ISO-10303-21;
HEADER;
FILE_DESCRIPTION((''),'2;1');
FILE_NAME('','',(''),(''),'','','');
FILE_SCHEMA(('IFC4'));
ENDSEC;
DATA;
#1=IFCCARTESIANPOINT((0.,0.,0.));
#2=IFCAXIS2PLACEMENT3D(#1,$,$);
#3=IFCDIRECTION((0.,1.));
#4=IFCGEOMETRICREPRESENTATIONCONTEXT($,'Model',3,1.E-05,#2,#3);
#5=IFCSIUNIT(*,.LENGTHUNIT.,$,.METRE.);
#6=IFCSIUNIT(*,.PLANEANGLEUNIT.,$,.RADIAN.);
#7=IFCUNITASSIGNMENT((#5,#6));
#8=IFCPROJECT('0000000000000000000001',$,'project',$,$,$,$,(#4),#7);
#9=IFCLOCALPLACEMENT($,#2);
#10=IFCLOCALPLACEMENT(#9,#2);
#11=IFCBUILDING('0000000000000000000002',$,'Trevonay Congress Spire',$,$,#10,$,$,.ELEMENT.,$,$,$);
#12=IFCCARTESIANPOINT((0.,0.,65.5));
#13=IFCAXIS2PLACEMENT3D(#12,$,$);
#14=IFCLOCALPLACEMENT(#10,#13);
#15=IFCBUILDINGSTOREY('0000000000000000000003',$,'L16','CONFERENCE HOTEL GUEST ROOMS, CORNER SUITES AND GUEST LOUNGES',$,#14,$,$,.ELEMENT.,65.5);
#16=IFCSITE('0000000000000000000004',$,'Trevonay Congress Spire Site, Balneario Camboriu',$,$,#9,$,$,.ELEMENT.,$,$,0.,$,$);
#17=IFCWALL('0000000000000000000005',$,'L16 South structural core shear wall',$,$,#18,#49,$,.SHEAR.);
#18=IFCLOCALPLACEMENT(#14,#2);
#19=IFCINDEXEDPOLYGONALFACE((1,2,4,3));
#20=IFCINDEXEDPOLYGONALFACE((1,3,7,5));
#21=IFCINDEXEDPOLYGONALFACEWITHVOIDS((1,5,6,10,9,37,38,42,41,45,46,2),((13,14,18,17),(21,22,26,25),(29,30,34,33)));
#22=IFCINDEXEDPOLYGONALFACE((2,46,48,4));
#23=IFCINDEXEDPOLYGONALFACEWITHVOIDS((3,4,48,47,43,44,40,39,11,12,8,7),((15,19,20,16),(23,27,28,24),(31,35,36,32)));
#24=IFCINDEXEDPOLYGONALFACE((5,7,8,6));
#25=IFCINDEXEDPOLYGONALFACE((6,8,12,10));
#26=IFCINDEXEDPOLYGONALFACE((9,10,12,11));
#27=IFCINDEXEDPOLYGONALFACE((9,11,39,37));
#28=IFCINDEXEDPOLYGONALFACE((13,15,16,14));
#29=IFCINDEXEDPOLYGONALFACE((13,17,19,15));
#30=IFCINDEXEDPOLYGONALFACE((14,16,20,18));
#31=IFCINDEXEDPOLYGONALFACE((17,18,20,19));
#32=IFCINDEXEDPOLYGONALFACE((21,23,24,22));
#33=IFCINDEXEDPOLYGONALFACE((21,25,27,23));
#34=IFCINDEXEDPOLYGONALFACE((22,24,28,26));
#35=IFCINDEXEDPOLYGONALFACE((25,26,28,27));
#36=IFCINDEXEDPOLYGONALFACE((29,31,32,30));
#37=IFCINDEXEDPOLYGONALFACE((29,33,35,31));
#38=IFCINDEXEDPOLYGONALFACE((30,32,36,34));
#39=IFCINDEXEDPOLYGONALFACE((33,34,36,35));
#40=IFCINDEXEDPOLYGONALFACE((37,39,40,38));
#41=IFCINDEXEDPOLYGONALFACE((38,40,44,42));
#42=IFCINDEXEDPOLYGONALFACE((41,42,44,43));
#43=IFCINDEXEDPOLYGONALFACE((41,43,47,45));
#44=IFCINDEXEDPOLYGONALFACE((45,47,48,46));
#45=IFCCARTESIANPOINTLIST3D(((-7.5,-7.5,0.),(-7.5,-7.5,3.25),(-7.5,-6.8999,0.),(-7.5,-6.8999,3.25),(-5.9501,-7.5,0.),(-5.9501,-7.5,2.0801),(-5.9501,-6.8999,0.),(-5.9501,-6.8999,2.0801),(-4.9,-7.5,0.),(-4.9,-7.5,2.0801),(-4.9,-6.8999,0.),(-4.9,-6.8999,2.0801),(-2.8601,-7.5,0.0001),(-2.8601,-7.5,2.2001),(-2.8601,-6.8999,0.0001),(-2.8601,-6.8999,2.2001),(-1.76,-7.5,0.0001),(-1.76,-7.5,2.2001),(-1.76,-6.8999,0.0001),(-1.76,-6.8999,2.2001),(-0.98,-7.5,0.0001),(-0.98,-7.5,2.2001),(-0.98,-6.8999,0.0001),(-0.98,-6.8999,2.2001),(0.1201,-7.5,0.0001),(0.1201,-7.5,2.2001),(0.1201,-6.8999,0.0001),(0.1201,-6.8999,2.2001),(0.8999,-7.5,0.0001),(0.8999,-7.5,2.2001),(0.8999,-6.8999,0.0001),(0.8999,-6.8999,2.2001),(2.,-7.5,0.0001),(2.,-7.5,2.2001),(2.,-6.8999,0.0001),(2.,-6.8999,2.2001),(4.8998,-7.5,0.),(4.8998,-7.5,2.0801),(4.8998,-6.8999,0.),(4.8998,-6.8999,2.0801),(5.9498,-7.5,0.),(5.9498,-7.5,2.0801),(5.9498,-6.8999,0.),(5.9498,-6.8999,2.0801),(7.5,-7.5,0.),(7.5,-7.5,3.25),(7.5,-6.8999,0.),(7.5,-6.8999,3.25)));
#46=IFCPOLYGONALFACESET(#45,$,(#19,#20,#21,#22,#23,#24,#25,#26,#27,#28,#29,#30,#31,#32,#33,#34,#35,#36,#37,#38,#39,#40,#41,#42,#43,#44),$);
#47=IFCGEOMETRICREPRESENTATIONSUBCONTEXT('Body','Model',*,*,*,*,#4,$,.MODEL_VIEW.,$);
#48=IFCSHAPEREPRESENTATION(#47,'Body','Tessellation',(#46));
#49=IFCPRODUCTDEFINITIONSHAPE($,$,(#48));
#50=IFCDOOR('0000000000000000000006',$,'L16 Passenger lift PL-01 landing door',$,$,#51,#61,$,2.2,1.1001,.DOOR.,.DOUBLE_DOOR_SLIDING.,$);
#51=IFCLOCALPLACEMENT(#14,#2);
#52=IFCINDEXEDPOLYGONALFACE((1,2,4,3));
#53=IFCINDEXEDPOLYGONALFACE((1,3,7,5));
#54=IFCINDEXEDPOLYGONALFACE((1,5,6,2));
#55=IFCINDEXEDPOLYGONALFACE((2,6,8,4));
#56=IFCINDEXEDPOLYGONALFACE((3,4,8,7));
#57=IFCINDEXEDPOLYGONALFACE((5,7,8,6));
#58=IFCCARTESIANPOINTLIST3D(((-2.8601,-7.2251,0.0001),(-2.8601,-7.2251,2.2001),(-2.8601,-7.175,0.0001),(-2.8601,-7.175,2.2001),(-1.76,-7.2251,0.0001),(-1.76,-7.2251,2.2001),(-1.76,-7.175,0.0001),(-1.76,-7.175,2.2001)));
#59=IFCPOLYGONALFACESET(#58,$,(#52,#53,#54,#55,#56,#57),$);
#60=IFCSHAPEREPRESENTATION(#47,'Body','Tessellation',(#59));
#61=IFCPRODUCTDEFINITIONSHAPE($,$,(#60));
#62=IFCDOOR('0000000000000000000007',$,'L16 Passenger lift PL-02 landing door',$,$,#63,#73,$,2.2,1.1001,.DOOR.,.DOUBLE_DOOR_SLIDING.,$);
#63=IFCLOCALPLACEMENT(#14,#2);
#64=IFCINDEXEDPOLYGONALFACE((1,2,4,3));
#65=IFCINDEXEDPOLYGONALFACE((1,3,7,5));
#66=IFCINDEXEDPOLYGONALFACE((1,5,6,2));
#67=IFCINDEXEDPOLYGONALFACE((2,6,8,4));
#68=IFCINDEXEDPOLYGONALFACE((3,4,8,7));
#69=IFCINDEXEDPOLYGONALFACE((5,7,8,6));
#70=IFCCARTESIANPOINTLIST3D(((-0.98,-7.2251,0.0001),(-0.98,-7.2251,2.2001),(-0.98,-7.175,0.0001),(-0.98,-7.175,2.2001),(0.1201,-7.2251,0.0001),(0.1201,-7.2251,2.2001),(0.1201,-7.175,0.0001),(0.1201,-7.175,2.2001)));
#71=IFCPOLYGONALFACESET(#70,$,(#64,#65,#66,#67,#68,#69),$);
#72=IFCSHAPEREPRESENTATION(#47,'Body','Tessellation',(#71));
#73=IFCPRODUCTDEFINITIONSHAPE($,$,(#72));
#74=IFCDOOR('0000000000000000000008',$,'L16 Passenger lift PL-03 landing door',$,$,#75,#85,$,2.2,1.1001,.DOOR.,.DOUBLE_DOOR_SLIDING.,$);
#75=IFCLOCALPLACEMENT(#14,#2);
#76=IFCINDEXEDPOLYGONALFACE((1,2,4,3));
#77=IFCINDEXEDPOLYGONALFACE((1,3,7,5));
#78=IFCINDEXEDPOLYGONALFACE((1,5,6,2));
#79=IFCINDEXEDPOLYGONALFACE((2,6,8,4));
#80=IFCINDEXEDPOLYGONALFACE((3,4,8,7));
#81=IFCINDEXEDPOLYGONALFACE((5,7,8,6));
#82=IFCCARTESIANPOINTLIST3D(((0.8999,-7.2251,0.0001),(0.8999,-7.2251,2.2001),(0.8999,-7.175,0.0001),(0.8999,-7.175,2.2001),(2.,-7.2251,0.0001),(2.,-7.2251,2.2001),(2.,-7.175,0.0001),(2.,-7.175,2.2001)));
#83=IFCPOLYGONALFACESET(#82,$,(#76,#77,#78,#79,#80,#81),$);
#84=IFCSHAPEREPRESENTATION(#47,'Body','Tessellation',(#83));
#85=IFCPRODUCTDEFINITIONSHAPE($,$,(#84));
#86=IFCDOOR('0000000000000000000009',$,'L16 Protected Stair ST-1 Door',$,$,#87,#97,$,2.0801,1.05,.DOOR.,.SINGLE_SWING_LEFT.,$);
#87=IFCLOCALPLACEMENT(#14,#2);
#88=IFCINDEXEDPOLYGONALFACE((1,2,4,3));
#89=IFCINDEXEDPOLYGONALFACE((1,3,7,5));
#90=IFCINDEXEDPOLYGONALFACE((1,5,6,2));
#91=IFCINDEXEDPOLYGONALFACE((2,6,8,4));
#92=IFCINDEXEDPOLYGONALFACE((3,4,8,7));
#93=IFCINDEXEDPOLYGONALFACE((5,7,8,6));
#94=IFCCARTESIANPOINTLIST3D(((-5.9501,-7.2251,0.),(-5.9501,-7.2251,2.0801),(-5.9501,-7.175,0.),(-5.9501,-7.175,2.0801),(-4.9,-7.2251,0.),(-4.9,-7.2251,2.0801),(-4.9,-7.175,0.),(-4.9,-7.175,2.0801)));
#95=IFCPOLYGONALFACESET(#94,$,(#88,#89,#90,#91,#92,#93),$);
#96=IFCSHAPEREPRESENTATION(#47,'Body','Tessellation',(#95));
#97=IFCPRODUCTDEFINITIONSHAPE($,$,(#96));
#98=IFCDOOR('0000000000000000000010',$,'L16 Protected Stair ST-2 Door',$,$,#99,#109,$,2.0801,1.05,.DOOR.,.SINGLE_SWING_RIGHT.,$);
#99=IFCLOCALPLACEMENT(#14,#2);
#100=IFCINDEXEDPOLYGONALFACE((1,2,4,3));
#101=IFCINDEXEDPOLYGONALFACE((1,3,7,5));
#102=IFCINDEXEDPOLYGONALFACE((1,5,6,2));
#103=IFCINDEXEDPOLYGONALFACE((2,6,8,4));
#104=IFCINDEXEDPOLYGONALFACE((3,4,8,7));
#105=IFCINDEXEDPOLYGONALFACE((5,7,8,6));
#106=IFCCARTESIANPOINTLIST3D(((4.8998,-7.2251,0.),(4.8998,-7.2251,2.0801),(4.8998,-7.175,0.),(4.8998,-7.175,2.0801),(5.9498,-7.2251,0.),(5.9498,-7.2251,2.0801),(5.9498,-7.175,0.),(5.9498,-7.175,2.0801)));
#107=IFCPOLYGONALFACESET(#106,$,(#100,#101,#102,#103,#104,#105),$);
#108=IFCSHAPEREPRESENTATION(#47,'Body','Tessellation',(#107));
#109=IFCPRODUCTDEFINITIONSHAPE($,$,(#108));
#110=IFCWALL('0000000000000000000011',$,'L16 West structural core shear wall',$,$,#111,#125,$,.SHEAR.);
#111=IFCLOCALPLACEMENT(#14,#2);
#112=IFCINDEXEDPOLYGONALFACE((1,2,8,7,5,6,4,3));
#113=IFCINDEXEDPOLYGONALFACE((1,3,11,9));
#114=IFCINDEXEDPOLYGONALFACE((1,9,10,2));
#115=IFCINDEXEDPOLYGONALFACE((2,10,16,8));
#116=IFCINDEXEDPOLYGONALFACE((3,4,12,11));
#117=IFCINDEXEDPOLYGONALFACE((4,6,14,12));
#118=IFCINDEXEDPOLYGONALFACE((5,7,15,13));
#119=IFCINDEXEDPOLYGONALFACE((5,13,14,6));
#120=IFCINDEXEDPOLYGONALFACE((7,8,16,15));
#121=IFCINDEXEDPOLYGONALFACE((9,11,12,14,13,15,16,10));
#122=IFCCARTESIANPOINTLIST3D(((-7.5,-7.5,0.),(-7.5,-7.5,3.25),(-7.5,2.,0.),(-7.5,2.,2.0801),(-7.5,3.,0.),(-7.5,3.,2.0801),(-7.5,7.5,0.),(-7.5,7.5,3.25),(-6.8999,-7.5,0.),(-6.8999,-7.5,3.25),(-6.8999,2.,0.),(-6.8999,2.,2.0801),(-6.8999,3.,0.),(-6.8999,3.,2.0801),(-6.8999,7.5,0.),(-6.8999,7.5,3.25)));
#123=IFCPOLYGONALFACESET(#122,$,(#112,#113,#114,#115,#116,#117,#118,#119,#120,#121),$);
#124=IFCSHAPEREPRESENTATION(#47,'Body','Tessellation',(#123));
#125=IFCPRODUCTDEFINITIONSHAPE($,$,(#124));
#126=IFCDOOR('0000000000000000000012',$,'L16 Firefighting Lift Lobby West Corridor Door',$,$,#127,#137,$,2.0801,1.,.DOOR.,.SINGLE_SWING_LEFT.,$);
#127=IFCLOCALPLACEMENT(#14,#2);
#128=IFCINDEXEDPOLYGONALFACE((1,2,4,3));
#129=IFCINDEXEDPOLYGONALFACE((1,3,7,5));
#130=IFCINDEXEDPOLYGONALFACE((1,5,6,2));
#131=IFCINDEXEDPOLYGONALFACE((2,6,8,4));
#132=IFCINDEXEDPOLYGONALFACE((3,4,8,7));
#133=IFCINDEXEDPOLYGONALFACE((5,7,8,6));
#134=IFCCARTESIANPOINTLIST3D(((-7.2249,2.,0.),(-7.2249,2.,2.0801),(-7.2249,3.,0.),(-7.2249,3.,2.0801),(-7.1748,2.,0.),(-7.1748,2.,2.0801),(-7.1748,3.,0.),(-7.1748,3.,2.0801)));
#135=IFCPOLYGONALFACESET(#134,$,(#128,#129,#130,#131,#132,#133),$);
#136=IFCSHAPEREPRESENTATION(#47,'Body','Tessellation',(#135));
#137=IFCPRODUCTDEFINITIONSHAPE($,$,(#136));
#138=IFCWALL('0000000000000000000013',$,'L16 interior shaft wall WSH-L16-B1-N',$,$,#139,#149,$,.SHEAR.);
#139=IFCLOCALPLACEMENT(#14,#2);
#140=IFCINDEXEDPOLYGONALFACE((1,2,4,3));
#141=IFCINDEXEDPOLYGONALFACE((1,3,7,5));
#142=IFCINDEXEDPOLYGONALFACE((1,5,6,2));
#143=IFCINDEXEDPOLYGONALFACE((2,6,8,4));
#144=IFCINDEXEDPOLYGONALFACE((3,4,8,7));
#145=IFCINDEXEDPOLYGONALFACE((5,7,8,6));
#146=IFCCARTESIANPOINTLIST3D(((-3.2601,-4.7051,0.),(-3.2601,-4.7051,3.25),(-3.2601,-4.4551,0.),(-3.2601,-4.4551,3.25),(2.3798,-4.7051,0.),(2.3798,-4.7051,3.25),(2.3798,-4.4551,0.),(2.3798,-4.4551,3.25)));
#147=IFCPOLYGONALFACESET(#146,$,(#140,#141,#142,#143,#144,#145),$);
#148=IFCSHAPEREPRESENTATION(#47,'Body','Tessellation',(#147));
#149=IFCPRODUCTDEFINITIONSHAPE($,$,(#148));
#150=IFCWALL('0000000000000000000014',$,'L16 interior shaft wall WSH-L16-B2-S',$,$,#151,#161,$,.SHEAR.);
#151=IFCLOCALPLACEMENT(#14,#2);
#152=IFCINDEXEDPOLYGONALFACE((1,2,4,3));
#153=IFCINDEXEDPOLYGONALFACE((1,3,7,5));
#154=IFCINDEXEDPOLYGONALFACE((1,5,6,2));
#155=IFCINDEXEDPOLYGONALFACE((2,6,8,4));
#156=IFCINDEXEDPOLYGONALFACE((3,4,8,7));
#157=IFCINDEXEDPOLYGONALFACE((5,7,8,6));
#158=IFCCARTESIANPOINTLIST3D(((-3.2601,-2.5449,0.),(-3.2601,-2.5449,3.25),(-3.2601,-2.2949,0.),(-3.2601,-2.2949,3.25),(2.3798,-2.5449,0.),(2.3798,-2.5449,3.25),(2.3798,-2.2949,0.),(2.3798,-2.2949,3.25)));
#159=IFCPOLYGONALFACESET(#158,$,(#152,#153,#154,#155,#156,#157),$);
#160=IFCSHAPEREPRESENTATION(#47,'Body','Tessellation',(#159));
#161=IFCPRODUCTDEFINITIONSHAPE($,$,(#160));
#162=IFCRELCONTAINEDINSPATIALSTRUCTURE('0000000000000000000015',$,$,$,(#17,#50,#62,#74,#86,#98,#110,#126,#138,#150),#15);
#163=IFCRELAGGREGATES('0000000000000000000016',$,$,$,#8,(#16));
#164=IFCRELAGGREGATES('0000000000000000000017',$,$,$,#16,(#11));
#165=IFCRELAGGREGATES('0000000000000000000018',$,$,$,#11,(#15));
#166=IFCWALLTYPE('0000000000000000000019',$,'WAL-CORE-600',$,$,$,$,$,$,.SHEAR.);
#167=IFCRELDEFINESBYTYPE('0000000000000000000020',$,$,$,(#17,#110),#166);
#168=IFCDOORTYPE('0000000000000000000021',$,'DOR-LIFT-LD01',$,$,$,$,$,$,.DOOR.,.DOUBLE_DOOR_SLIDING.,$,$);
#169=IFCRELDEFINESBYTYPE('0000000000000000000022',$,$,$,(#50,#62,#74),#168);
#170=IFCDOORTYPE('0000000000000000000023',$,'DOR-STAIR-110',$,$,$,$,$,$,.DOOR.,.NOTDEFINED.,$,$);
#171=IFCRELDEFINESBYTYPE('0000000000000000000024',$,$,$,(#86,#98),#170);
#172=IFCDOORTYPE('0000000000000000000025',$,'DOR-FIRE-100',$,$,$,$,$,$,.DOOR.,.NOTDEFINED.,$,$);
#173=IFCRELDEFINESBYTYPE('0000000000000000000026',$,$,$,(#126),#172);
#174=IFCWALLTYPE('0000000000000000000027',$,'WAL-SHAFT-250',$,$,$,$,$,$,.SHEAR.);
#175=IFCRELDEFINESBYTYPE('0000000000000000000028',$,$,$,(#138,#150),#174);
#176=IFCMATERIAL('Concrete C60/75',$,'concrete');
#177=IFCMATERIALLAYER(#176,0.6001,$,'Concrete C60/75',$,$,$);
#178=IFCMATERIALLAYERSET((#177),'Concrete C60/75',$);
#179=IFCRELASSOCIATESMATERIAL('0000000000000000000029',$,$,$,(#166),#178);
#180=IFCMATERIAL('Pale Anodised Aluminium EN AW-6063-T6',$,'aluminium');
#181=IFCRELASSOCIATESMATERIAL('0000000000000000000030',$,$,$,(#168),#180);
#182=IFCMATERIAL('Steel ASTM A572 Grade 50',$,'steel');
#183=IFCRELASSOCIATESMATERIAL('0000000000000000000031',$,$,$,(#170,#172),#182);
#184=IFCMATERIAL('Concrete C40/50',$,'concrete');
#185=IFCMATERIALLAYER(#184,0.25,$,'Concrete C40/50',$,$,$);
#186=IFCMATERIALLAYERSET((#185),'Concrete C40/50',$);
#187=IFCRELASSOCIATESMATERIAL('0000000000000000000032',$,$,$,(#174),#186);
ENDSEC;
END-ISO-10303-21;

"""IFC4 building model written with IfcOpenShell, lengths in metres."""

from ifc_helpers import new_model, si_unit, direction, frame, frame_2d, origin, place, context, subcontext, project, spatial, rectangle, extrude, material, layer, layer_set, type_object, element, fill, save


model = new_model("IFC4")

# Units and contexts
model_context = context("Model", 3, precision=1e-05, world=origin(), true_north=direction((0.0, 1.0)))
body_context = subcontext(model_context, "Body", "Model", "MODEL_VIEW")
ifc_project = project(units=[si_unit("LENGTHUNIT", "METRE"), si_unit("PLANEANGLEUNIT", "RADIAN")], contexts=[model_context])

# Site, building, storey
site_placement = place(None, origin())
site = spatial("IfcSite", under=ifc_project, at=site_placement, Name="Trevonay Congress Spire Site, Balneario Camboriu", CompositionType="ELEMENT", RefElevation=0.0)
building_placement = place(site_placement, origin())
building = spatial("IfcBuilding", under=site, at=building_placement, Name="Trevonay Congress Spire", CompositionType="ELEMENT")
storey_placement = place(building_placement, frame((0.0, 0.0, 65.5)))
storey = spatial("IfcBuildingStorey", under=building, at=storey_placement, Name="L16", Description="CONFERENCE HOTEL GUEST ROOMS, CORNER SUITES AND GUEST LOUNGES", CompositionType="ELEMENT", Elevation=65.5)

# Shared definitions
ifc_material_1 = material(Name="Steel ASTM A572 Grade 50", Category="steel")

# Shared definitions
ifc_material_2 = material(Name="Concrete C40/50", Category="concrete")
ifc_material_3 = material(Name="Pale Anodised Aluminium EN AW-6063-T6", Category="aluminium")

# Wall, openings, doors
ifc_material_4 = material(Name="Concrete C60/75", Category="concrete")
ifc_layer_1 = layer(ifc_material_4, 0.6001, Name="Concrete C60/75")
ifc_layer_set_1 = layer_set([ifc_layer_1], Name="Concrete C60/75")
wall_type_1 = type_object("IfcWallType", Name="WAL-CORE-600", PredefinedType="SHEAR", material=ifc_layer_set_1)
wall_1_placement = place(storey_placement, frame((-7.5, -7.2, 0.0), z_axis=(0.0, 0.0, 1.0), x_axis=(1.0, 0.0, 0.0)))
wall_1 = element("IfcWall", 1, at=wall_1_placement, inside=storey, type_object=wall_type_1, Name="L16 South structural core shear wall", PredefinedType="SHEAR", context=body_context, shape_type="SweptSolid", body=[
    extrude(rectangle(XDim=15.0, YDim=0.6001, at=frame_2d((7.5, 0.0))), origin(), (0.0, 0.0, 1.0), 3.25),
])
opening_1_placement = place(wall_1_placement, frame((1.55, 0.0, 0.0)))
opening_1 = element("IfcOpeningElement", 2, at=opening_1_placement, cuts=wall_1, PredefinedType="OPENING", context=body_context, shape_type="SweptSolid", body=[
    extrude(rectangle(XDim=1.05, YDim=2.0801, at=frame_2d((0.5249, 1.04))), frame((0.0, 0.3101, 0.0), z_axis=(0.0, -1.0, 0.0), x_axis=(1.0, 0.0, 0.0)), (0.0, 0.0, 1.0), 0.6201),
])
opening_2_placement = place(wall_1_placement, frame((12.3999, 0.0, 0.0)))
opening_2 = element("IfcOpeningElement", 3, at=opening_2_placement, cuts=wall_1, PredefinedType="OPENING", context=body_context, shape_type="SweptSolid", body=[
    extrude(rectangle(XDim=1.05, YDim=2.0801, at=frame_2d((0.5249, 1.04))), frame((0.0, 0.3101, 0.0), z_axis=(0.0, -1.0, 0.0), x_axis=(1.0, 0.0, 0.0)), (0.0, 0.0, 1.0), 0.6201),
])
opening_3_placement = place(wall_1_placement, frame((4.6399, 0.0, 0.0)))
opening_3 = element("IfcOpeningElement", 4, at=opening_3_placement, cuts=wall_1, PredefinedType="OPENING", context=body_context, shape_type="SweptSolid", body=[
    extrude(rectangle(XDim=1.1001, YDim=2.2, at=frame_2d((0.55, 1.1001))), frame((0.0, 0.3101, 0.0), z_axis=(0.0, -1.0, 0.0), x_axis=(1.0, 0.0, 0.0)), (0.0, 0.0, 1.0), 0.6201),
])
opening_4_placement = place(wall_1_placement, frame((6.52, 0.0, 0.0)))
opening_4 = element("IfcOpeningElement", 5, at=opening_4_placement, cuts=wall_1, PredefinedType="OPENING", context=body_context, shape_type="SweptSolid", body=[
    extrude(rectangle(XDim=1.1001, YDim=2.2, at=frame_2d((0.55, 1.1001))), frame((0.0, 0.3101, 0.0), z_axis=(0.0, -1.0, 0.0), x_axis=(1.0, 0.0, 0.0)), (0.0, 0.0, 1.0), 0.6201),
])
opening_5_placement = place(wall_1_placement, frame((8.3999, 0.0, 0.0)))
opening_5 = element("IfcOpeningElement", 6, at=opening_5_placement, cuts=wall_1, PredefinedType="OPENING", context=body_context, shape_type="SweptSolid", body=[
    extrude(rectangle(XDim=1.1001, YDim=2.2, at=frame_2d((0.55, 1.1001))), frame((0.0, 0.3101, 0.0), z_axis=(0.0, -1.0, 0.0), x_axis=(1.0, 0.0, 0.0)), (0.0, 0.0, 1.0), 0.6201),
])
door_type_1 = type_object("IfcDoorType", Name="DOR-LIFT-LD01", OperationType="DOUBLE_DOOR_SLIDING", PredefinedType="DOOR", material=ifc_material_3)
door_1_placement = place(opening_3_placement, origin())
door_1 = element("IfcDoor", 7, at=door_1_placement, inside=storey, type_object=door_type_1, Name="L16 Passenger lift PL-01 landing door", OperationType="DOUBLE_DOOR_SLIDING", OverallHeight=2.2, OverallWidth=1.1001, PredefinedType="DOOR", context=body_context, shape_type="SweptSolid", body=[
    extrude(rectangle(XDim=1.1001, YDim=2.2, at=frame_2d((0.55, 1.1001))), frame((0.0, 0.0249, 0.0), z_axis=(0.0, -1.0, 0.0), x_axis=(1.0, 0.0, 0.0)), (0.0, 0.0, 1.0), 0.05),
])
fill(opening_3, door_1)
door_2_placement = place(opening_4_placement, origin())
door_2 = element("IfcDoor", 8, at=door_2_placement, inside=storey, type_object=door_type_1, Name="L16 Passenger lift PL-02 landing door", OperationType="DOUBLE_DOOR_SLIDING", OverallHeight=2.2, OverallWidth=1.1001, PredefinedType="DOOR", context=body_context, shape_type="SweptSolid", body=[
    extrude(rectangle(XDim=1.1001, YDim=2.2, at=frame_2d((0.55, 1.1001))), frame((0.0, 0.0249, 0.0), z_axis=(0.0, -1.0, 0.0), x_axis=(1.0, 0.0, 0.0)), (0.0, 0.0, 1.0), 0.05),
])
fill(opening_4, door_2)
door_3_placement = place(opening_5_placement, origin())
door_3 = element("IfcDoor", 9, at=door_3_placement, inside=storey, type_object=door_type_1, Name="L16 Passenger lift PL-03 landing door", OperationType="DOUBLE_DOOR_SLIDING", OverallHeight=2.2, OverallWidth=1.1001, PredefinedType="DOOR", context=body_context, shape_type="SweptSolid", body=[
    extrude(rectangle(XDim=1.1001, YDim=2.2, at=frame_2d((0.55, 1.1001))), frame((0.0, 0.0249, 0.0), z_axis=(0.0, -1.0, 0.0), x_axis=(1.0, 0.0, 0.0)), (0.0, 0.0, 1.0), 0.05),
])
fill(opening_5, door_3)
door_type_2 = type_object("IfcDoorType", Name="DOR-STAIR-110", OperationType="NOTDEFINED", PredefinedType="DOOR", material=ifc_material_1)
door_4_placement = place(opening_1_placement, origin())
door_4 = element("IfcDoor", 10, at=door_4_placement, inside=storey, type_object=door_type_2, Name="L16 Protected Stair ST-1 Door", OperationType="SINGLE_SWING_LEFT", OverallHeight=2.0801, OverallWidth=1.05, PredefinedType="DOOR", context=body_context, shape_type="SweptSolid", body=[
    extrude(rectangle(XDim=1.05, YDim=2.0801, at=frame_2d((0.5249, 1.04))), frame((0.0, 0.0249, 0.0), z_axis=(0.0, -1.0, 0.0), x_axis=(1.0, 0.0, 0.0)), (0.0, 0.0, 1.0), 0.05),
])
fill(opening_1, door_4)
door_5_placement = place(opening_2_placement, origin())
door_5 = element("IfcDoor", 11, at=door_5_placement, inside=storey, type_object=door_type_2, Name="L16 Protected Stair ST-2 Door", OperationType="SINGLE_SWING_RIGHT", OverallHeight=2.0801, OverallWidth=1.05, PredefinedType="DOOR", context=body_context, shape_type="SweptSolid", body=[
    extrude(rectangle(XDim=1.05, YDim=2.0801, at=frame_2d((0.5249, 1.04))), frame((0.0, 0.0249, 0.0), z_axis=(0.0, -1.0, 0.0), x_axis=(1.0, 0.0, 0.0)), (0.0, 0.0, 1.0), 0.05),
])
fill(opening_2, door_5)

# Wall, opening, door
wall_2_placement = place(storey_placement, frame((-7.2, -7.5, 0.0), z_axis=(0.0, 0.0, 1.0), x_axis=(0.0, 1.0, 0.0)))
wall_2 = element("IfcWall", 12, at=wall_2_placement, inside=storey, type_object=wall_type_1, Name="L16 West structural core shear wall", PredefinedType="SHEAR", context=body_context, shape_type="SweptSolid", body=[
    extrude(rectangle(XDim=15.0, YDim=0.6001, at=frame_2d((7.5, 0.0))), origin(), (0.0, 0.0, 1.0), 3.25),
])
opening_6_placement = place(wall_2_placement, frame((9.5, 0.0, 0.0)))
opening_6 = element("IfcOpeningElement", 13, at=opening_6_placement, cuts=wall_2, PredefinedType="OPENING", context=body_context, shape_type="SweptSolid", body=[
    extrude(rectangle(XDim=1.0, YDim=2.0801, at=frame_2d((0.5, 1.04))), frame((0.0, 0.3101, 0.0), z_axis=(0.0, -1.0, 0.0), x_axis=(1.0, 0.0, 0.0)), (0.0, 0.0, 1.0), 0.6201),
])
door_type_3 = type_object("IfcDoorType", Name="DOR-FIRE-100", OperationType="NOTDEFINED", PredefinedType="DOOR", material=ifc_material_1)
door_6_placement = place(opening_6_placement, origin())
door_6 = element("IfcDoor", 14, at=door_6_placement, inside=storey, type_object=door_type_3, Name="L16 Firefighting Lift Lobby West Corridor Door", OperationType="SINGLE_SWING_LEFT", OverallHeight=2.0801, OverallWidth=1.0, PredefinedType="DOOR", context=body_context, shape_type="SweptSolid", body=[
    extrude(rectangle(XDim=1.0, YDim=2.0801, at=frame_2d((0.5, 1.04))), frame((0.0, 0.0249, 0.0), z_axis=(0.0, -1.0, 0.0), x_axis=(1.0, 0.0, 0.0)), (0.0, 0.0, 1.0), 0.05),
])
fill(opening_6, door_6)

# Walls
ifc_layer_2 = layer(ifc_material_2, 0.25, Name="Concrete C40/50")
ifc_layer_set_2 = layer_set([ifc_layer_2], Name="Concrete C40/50")
wall_type_2 = type_object("IfcWallType", Name="WAL-SHAFT-250", PredefinedType="SHEAR", material=ifc_layer_set_2)
for number, where, z_axis, x_axis, name in (
    (15, (-3.26, -4.5801, 0.0), (0.0, 0.0, 1.0), (1.0, 0.0, 0.0), "L16 interior shaft wall WSH-L16-B1-N"),
    (16, (-3.26, -2.4199, 0.0), (0.0, 0.0, 1.0), (1.0, 0.0, 0.0), "L16 interior shaft wall WSH-L16-B2-S"),
):
    element("IfcWall", number, at=place(storey_placement, frame(where, z_axis=z_axis, x_axis=x_axis)), inside=storey, type_object=wall_type_2, Name=name, PredefinedType="SHEAR", context=body_context, shape_type="SweptSolid", body=[
        extrude(rectangle(XDim=5.6399, YDim=0.25, at=frame_2d((2.8198, 0.0))), origin(), (0.0, 0.0, 1.0), 3.25),
    ])

save(model, "model.ifc")
